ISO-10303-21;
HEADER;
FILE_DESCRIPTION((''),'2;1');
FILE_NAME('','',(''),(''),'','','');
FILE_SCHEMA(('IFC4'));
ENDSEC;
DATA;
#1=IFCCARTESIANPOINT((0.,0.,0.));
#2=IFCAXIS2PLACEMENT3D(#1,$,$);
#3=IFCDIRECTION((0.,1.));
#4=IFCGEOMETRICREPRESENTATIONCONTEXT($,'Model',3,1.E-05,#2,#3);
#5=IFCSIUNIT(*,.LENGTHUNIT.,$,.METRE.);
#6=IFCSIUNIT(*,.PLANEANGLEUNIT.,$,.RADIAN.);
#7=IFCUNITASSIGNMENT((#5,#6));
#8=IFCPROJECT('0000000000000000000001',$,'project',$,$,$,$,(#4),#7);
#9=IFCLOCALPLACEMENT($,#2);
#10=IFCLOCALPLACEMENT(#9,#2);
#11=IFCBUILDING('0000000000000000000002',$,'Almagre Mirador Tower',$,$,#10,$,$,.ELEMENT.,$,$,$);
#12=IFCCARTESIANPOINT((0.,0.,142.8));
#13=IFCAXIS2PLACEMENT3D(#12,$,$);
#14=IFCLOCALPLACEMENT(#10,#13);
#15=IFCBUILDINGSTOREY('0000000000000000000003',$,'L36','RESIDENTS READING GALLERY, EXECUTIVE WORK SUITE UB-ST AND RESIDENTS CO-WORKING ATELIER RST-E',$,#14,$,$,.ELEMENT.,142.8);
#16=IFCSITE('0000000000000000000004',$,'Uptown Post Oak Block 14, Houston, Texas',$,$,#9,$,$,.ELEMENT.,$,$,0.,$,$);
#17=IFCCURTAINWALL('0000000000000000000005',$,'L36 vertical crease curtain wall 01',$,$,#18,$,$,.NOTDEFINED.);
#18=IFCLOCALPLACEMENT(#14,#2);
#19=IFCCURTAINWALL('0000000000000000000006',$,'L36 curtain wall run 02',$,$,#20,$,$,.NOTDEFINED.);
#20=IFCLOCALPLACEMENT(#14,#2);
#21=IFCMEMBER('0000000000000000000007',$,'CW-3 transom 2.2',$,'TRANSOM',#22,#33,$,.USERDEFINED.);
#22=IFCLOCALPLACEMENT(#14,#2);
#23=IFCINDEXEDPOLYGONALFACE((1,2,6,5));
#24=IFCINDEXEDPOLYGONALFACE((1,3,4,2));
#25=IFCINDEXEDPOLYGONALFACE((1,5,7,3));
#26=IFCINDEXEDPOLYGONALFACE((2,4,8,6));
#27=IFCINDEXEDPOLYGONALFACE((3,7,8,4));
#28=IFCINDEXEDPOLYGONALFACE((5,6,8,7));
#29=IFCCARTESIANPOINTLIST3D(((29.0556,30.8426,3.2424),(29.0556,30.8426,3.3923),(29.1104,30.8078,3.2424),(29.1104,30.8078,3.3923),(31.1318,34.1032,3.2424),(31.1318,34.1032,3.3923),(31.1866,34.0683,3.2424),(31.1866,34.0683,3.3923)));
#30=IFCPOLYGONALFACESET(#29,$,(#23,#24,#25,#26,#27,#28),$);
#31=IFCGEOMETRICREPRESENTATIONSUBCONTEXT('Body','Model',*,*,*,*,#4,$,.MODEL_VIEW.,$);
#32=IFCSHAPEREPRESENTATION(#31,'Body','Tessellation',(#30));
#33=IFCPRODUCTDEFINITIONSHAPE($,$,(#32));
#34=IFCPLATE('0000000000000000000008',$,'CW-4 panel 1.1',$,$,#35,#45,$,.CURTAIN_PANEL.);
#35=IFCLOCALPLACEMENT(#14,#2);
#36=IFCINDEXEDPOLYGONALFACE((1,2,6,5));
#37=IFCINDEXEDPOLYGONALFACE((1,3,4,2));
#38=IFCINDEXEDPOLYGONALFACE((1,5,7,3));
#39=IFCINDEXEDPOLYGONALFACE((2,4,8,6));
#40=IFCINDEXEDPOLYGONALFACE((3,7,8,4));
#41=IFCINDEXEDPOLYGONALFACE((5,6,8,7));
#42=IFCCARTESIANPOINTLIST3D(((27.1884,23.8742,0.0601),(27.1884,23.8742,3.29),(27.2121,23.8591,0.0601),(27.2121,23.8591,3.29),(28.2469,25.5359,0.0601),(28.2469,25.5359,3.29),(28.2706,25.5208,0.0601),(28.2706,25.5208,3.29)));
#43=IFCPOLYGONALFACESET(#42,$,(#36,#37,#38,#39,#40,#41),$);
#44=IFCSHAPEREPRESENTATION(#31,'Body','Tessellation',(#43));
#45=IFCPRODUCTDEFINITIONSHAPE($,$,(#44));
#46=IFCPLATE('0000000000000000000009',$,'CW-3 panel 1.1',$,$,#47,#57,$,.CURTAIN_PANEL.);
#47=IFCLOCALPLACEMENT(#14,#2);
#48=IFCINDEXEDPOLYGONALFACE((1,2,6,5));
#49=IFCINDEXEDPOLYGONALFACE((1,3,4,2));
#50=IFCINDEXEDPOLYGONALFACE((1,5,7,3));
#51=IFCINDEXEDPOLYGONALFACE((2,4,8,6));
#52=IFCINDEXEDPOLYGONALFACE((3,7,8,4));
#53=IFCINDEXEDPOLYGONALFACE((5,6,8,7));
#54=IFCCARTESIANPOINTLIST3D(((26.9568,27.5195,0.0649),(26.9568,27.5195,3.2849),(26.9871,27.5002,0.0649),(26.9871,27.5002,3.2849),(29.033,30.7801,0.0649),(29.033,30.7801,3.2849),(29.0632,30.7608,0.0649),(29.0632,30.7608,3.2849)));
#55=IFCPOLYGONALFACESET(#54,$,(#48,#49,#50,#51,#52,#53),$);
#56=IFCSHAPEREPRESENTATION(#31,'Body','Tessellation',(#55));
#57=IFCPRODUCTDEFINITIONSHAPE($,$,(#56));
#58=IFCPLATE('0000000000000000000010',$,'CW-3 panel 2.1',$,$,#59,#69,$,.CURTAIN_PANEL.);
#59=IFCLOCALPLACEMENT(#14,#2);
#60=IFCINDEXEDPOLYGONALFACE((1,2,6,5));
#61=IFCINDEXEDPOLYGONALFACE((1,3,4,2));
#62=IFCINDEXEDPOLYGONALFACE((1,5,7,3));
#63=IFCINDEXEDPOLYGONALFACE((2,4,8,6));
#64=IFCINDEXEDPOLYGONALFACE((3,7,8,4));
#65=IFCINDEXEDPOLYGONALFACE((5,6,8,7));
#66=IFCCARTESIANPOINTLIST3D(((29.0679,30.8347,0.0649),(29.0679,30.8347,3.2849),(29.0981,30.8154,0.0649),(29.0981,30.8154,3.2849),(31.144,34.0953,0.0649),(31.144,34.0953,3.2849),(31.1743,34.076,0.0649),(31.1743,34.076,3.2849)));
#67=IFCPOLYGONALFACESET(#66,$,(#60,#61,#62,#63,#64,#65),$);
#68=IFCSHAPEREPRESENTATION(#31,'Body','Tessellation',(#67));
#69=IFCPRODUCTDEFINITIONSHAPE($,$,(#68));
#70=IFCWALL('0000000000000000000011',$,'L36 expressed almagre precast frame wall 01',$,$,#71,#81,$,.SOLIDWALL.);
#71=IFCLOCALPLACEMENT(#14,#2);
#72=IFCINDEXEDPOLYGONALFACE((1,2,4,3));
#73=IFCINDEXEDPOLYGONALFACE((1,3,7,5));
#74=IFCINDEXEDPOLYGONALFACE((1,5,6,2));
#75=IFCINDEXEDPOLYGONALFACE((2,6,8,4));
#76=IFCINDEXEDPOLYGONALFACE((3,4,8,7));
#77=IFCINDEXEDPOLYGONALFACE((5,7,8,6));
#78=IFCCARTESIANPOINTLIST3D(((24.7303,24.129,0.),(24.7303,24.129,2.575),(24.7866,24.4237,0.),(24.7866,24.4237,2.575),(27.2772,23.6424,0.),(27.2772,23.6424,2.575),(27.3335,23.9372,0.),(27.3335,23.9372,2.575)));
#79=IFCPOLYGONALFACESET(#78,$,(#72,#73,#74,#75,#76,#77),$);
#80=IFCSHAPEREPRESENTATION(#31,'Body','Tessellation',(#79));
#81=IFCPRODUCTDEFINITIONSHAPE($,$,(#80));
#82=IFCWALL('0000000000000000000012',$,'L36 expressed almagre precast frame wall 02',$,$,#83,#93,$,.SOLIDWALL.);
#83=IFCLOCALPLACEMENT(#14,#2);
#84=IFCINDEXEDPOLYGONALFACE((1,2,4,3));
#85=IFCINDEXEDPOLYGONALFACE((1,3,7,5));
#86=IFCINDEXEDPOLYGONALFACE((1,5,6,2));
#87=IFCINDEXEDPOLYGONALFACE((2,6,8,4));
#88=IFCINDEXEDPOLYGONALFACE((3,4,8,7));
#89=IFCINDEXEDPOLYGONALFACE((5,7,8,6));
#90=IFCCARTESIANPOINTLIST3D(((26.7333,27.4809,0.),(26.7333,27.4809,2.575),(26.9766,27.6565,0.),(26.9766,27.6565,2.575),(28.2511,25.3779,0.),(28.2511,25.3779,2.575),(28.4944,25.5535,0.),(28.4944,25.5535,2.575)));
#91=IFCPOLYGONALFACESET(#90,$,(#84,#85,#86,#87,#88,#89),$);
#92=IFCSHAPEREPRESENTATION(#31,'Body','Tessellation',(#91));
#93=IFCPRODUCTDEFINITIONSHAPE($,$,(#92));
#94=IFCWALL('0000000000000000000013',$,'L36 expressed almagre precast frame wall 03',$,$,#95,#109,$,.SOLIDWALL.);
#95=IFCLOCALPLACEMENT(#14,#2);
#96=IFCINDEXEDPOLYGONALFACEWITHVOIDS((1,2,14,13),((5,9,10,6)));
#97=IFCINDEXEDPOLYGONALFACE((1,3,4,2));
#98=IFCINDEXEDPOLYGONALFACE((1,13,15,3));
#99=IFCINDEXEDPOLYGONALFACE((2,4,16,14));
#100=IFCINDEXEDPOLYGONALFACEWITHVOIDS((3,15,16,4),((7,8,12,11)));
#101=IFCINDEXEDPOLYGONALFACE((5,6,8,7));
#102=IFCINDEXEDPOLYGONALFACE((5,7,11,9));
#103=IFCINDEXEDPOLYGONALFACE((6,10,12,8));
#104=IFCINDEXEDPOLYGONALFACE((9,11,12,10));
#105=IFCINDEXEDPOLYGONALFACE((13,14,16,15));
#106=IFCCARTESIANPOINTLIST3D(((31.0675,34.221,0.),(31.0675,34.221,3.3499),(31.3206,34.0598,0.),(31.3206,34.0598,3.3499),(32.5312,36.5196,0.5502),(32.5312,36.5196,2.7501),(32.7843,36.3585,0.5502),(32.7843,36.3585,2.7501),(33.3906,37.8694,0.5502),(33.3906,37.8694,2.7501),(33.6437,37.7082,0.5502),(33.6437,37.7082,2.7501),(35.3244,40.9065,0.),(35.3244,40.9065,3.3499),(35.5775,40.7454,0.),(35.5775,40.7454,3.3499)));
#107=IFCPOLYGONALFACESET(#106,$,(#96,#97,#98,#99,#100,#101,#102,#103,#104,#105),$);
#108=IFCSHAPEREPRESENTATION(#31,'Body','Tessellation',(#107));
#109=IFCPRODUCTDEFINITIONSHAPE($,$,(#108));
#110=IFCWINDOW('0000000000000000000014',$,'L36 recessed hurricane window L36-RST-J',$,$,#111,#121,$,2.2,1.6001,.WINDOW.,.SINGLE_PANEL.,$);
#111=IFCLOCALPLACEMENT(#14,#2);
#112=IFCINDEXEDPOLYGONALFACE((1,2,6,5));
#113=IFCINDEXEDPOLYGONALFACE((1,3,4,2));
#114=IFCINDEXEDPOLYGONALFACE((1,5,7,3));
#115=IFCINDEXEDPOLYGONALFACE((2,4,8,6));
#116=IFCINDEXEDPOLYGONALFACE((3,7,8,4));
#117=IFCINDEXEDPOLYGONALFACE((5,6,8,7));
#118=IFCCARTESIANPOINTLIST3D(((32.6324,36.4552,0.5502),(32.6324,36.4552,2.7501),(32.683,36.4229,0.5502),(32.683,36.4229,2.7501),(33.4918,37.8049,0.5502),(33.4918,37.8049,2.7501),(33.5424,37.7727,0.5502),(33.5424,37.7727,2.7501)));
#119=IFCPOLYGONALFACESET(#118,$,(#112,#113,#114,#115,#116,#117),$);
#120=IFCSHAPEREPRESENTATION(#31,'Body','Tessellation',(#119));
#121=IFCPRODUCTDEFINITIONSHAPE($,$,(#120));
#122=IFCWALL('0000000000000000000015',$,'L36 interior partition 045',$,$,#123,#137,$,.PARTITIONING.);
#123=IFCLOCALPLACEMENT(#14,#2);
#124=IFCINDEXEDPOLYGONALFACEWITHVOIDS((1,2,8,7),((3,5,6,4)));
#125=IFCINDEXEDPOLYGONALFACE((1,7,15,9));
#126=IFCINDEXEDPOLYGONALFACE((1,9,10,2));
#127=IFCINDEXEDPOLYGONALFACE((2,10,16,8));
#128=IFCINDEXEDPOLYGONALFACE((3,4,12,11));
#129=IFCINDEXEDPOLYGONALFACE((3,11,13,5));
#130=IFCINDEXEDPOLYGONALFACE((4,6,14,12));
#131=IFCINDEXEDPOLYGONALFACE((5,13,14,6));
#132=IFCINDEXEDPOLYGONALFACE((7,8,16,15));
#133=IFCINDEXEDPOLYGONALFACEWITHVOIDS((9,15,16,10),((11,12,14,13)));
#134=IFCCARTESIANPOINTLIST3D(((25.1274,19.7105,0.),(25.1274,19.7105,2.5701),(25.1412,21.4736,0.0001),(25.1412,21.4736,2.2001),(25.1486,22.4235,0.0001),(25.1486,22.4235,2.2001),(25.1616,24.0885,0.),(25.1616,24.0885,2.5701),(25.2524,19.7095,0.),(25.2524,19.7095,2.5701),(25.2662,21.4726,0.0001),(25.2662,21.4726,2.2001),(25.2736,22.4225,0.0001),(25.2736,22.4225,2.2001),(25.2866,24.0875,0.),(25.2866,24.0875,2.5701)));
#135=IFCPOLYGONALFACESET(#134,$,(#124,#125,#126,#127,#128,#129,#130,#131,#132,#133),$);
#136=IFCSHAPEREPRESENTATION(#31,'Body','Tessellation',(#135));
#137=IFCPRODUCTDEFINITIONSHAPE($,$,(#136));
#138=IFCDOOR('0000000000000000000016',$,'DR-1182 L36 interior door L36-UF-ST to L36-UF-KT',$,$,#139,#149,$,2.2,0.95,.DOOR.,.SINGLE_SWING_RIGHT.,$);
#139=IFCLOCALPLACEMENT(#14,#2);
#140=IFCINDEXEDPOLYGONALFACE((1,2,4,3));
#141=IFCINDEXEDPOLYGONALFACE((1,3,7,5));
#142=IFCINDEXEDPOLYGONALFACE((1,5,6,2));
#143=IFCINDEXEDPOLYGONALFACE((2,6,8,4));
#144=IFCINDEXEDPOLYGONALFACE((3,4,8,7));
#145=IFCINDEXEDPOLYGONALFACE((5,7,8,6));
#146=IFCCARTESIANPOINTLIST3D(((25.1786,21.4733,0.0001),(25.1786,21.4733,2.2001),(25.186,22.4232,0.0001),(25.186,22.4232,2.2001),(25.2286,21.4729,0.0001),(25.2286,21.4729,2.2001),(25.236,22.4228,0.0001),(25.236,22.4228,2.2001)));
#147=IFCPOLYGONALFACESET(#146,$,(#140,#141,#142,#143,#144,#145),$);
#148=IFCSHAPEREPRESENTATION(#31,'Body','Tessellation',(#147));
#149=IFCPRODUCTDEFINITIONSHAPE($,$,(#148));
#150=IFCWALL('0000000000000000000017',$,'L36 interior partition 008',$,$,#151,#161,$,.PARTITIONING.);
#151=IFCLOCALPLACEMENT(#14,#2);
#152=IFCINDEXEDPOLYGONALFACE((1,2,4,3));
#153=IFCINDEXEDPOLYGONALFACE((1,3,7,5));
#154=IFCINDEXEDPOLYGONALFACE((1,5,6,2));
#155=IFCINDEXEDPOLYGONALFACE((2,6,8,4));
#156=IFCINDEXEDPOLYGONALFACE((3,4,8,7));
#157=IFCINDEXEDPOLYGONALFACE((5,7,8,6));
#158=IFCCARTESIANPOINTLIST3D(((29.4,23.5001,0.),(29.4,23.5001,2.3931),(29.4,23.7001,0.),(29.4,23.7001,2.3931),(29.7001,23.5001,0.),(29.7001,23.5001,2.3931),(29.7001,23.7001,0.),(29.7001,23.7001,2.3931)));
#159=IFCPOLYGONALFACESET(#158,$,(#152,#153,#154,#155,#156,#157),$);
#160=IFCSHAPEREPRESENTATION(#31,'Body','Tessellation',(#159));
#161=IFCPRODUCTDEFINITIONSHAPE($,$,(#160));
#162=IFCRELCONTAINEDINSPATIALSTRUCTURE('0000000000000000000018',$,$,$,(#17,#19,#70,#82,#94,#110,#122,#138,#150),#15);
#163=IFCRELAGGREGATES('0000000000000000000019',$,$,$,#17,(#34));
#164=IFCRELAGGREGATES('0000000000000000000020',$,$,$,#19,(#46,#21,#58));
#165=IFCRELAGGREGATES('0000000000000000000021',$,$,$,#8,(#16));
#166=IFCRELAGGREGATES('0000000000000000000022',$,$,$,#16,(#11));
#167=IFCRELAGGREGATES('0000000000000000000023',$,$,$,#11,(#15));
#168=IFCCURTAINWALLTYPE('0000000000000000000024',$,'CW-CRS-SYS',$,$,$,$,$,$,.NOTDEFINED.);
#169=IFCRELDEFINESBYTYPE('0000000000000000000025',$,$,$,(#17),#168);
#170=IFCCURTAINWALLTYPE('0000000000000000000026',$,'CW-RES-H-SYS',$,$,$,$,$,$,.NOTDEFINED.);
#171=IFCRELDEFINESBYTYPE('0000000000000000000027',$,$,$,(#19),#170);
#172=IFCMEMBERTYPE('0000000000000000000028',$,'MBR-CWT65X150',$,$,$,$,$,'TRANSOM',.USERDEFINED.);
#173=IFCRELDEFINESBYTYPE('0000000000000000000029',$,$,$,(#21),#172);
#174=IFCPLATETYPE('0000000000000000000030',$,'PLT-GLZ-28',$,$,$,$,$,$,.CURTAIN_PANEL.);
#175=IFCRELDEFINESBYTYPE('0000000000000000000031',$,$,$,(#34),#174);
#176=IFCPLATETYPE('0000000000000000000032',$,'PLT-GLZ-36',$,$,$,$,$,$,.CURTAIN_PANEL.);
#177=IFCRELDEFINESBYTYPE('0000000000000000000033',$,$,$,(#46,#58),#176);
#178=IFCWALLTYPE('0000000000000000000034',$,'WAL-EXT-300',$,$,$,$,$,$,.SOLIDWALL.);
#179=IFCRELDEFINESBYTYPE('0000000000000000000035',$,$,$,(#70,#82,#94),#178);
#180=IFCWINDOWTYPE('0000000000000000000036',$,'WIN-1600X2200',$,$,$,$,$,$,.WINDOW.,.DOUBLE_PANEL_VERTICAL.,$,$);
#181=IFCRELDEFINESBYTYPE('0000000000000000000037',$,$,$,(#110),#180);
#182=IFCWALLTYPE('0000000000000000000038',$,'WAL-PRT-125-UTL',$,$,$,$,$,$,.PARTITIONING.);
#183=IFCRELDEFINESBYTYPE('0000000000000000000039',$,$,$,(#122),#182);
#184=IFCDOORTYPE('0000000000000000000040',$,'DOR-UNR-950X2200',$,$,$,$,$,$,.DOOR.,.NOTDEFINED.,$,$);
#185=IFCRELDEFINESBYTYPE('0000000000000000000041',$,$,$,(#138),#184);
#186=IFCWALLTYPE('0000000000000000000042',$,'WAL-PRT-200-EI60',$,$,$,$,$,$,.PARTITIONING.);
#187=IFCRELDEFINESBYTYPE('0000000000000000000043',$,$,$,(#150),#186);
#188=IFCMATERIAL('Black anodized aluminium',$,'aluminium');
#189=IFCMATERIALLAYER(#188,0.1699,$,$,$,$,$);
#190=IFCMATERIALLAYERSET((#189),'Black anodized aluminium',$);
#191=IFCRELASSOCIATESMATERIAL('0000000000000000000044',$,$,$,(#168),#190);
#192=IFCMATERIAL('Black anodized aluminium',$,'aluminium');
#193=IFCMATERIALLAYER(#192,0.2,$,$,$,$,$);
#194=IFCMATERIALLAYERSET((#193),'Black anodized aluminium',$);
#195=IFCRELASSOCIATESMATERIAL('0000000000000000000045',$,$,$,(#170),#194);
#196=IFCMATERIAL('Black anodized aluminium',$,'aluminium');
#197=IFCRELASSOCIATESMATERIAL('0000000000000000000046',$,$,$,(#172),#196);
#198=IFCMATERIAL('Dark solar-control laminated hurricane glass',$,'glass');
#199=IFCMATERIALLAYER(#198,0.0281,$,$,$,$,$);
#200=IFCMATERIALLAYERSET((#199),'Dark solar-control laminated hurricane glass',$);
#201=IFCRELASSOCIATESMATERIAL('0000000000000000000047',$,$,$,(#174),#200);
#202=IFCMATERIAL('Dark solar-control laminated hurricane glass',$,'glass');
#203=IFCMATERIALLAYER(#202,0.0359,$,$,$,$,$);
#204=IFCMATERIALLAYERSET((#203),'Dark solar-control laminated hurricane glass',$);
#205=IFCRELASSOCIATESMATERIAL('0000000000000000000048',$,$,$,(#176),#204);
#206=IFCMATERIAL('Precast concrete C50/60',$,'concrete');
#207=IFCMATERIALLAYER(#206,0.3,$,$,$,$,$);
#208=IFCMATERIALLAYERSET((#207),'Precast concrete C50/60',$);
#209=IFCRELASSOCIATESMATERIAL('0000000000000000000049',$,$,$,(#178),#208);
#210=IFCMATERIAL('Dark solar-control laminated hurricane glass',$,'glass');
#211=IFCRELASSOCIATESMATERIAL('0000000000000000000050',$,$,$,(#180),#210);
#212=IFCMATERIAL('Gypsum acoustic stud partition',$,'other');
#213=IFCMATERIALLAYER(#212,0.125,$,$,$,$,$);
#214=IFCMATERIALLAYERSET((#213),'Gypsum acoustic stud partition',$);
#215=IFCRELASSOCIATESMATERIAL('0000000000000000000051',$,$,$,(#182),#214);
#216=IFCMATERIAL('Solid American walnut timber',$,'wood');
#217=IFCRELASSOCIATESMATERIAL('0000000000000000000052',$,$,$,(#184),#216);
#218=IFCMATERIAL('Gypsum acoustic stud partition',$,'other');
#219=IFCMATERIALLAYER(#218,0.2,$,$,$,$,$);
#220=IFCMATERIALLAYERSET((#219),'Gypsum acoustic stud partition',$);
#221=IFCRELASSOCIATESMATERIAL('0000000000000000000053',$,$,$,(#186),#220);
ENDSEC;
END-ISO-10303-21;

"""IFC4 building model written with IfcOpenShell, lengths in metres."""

from ifc_helpers import new_model, si_unit, direction, frame, frame_2d, origin, origin_2d, place, context, subcontext, project, spatial, rectangle, extrude, material, layer, layer_set, material_profile, profile_set, type_object, element, fill, aggregate, save


model = new_model("IFC4")

# Units and contexts
model_context = context("Model", 3, precision=1e-05, world=origin(), true_north=direction((0.0, 1.0)))
body_context = subcontext(model_context, "Body", "Model", "MODEL_VIEW")
ifc_project = project(units=[si_unit("LENGTHUNIT", "METRE"), si_unit("PLANEANGLEUNIT", "RADIAN")], contexts=[model_context])

# Site, building, storey
site_placement = place(None, origin())
site = spatial("IfcSite", under=ifc_project, at=site_placement, Name="Uptown Post Oak Block 14, Houston, Texas", CompositionType="ELEMENT", RefElevation=0.0)
building_placement = place(site_placement, origin())
building = spatial("IfcBuilding", under=site, at=building_placement, Name="Almagre Mirador Tower", CompositionType="ELEMENT")
storey_placement = place(building_placement, frame((0.0, 0.0, 142.8)))
storey = spatial("IfcBuildingStorey", under=building, at=storey_placement, Name="L36", Description="RESIDENTS READING GALLERY, EXECUTIVE WORK SUITE UB-ST AND RESIDENTS CO-WORKING ATELIER RST-E", CompositionType="ELEMENT", Elevation=142.8)

# Curtain walls
ifc_material_1 = material(Name="Black anodized aluminium", Category="aluminium")
ifc_layer_1 = layer(ifc_material_1, 0.1699)
ifc_layer_set_1 = layer_set([ifc_layer_1], Name="Black anodized aluminium")
curtain_wall_type_1 = type_object("IfcCurtainWallType", Name="CW-CRS-SYS", PredefinedType="NOTDEFINED", material=ifc_layer_set_1)
curtain_wall_1_placement = place(storey_placement, origin())
curtain_wall_1 = element("IfcCurtainWall", 1, at=curtain_wall_1_placement, inside=storey, type_object=curtain_wall_type_1, Name="L36 vertical crease curtain wall 01", PredefinedType="NOTDEFINED")
ifc_material_2 = material(Name="Black anodized aluminium", Category="aluminium")
ifc_layer_2 = layer(ifc_material_2, 0.2)
ifc_layer_set_2 = layer_set([ifc_layer_2], Name="Black anodized aluminium")
curtain_wall_type_2 = type_object("IfcCurtainWallType", Name="CW-RES-H-SYS", PredefinedType="NOTDEFINED", material=ifc_layer_set_2)
curtain_wall_2_placement = place(storey_placement, origin())
curtain_wall_2 = element("IfcCurtainWall", 2, at=curtain_wall_2_placement, inside=storey, type_object=curtain_wall_type_2, Name="L36 curtain wall run 02", PredefinedType="NOTDEFINED")

# Member
ifc_material_3 = material(Name="Black anodized aluminium", Category="aluminium")
ifc_material_profile_1 = material_profile(ifc_material_3, rectangle(XDim=0.0649, YDim=0.1499, at=origin_2d()), Name="CWT65X150")
ifc_profile_set_1 = profile_set([ifc_material_profile_1], Name="Black anodized aluminium")
member_type_1 = type_object("IfcMemberType", Name="MBR-CWT65X150", ElementType="TRANSOM", PredefinedType="USERDEFINED", material=ifc_profile_set_1)
member_1_placement = place(storey_placement, frame((29.083, 30.8252, 3.3174), z_axis=(0.537117, 0.843508, 0.0), x_axis=(-0.843508, 0.537117, 0.0)))
member_1 = element("IfcMember", 3, at=member_1_placement, type_object=member_type_1, Name="CW-3 transom 2.2", ObjectType="TRANSOM", PredefinedType="USERDEFINED", context=body_context, shape_type="SweptSolid", body=[
    extrude(rectangle(XDim=0.0649, YDim=0.1499, at=origin_2d()), origin(), (0.0, 0.0, 1.0), 3.8655),
])

# Plates
ifc_material_4 = material(Name="Dark solar-control laminated hurricane glass", Category="glass")
ifc_layer_3 = layer(ifc_material_4, 0.0281)
ifc_layer_set_3 = layer_set([ifc_layer_3], Name="Dark solar-control laminated hurricane glass")
plate_type_1 = type_object("IfcPlateType", Name="PLT-GLZ-28", PredefinedType="CURTAIN_PANEL", material=ifc_layer_set_3)
plate_1_placement = place(storey_placement, frame((27.7295, 24.6975, 0.0601), z_axis=(0.0, 0.0, 1.0), x_axis=(0.537247, 0.843425, 0.0)))
plate_1 = element("IfcPlate", 4, at=plate_1_placement, type_object=plate_type_1, Name="CW-4 panel 1.1", PredefinedType="CURTAIN_PANEL", context=body_context, shape_type="SweptSolid", body=[
    extrude(rectangle(XDim=1.9702, YDim=0.0281, at=origin_2d()), origin(), (0.0, 0.0, 1.0), 3.23),
])
aggregate(curtain_wall_1, [plate_1])
ifc_material_5 = material(Name="Dark solar-control laminated hurricane glass", Category="glass")
ifc_layer_4 = layer(ifc_material_5, 0.0359)
ifc_layer_set_4 = layer_set([ifc_layer_4], Name="Dark solar-control laminated hurricane glass")
plate_type_2 = type_object("IfcPlateType", Name="PLT-GLZ-36", PredefinedType="CURTAIN_PANEL", material=ifc_layer_set_4)
plate_2_placement = place(storey_placement, frame((28.01, 29.1401, 0.0649), z_axis=(0.0, 0.0, 1.0), x_axis=(0.537108, 0.843513, 0.0)))
plate_2 = element("IfcPlate", 5, at=plate_2_placement, type_object=plate_type_2, Name="CW-3 panel 1.1", PredefinedType="CURTAIN_PANEL", context=body_context, shape_type="SweptSolid", body=[
    extrude(rectangle(XDim=3.8655, YDim=0.0359, at=origin_2d()), origin(), (0.0, 0.0, 1.0), 3.22),
])
plate_3_placement = place(storey_placement, frame((30.1211, 32.4553, 0.0649), z_axis=(0.0, 0.0, 1.0), x_axis=(0.537108, 0.843513, 0.0)))
plate_3 = element("IfcPlate", 6, at=plate_3_placement, type_object=plate_type_2, Name="CW-3 panel 2.1", PredefinedType="CURTAIN_PANEL", context=body_context, shape_type="SweptSolid", body=[
    extrude(rectangle(XDim=3.8655, YDim=0.0359, at=origin_2d()), origin(), (0.0, 0.0, 1.0), 3.22),
])
aggregate(curtain_wall_2, [plate_2, member_1, plate_3])

# Walls
ifc_material_6 = material(Name="Precast concrete C50/60", Category="concrete")
ifc_layer_5 = layer(ifc_material_6, 0.3)
ifc_layer_set_5 = layer_set([ifc_layer_5], Name="Precast concrete C50/60")
wall_type_1 = type_object("IfcWallType", Name="WAL-EXT-300", PredefinedType="SOLIDWALL", material=ifc_layer_set_5)
wall_1_placement = place(storey_placement, frame((24.7585, 24.2764, 0.0), z_axis=(0.0, 0.0, 1.0), x_axis=(0.982235, -0.187653, 0.0)))
element("IfcWall", 7, at=wall_1_placement, inside=storey, type_object=wall_type_1, Name="L36 expressed almagre precast frame wall 01", PredefinedType="SOLIDWALL", context=body_context, shape_type="SweptSolid", body=[
    extrude(rectangle(XDim=2.593, YDim=0.3, at=frame_2d((1.2964, 0.0))), origin(), (0.0, 0.0, 1.0), 2.575),
])
wall_2_placement = place(storey_placement, frame((28.3728, 25.4656, 0.0), z_axis=(0.0, 0.0, 1.0), x_axis=(-0.585229, 0.810868, 0.0)))
element("IfcWall", 8, at=wall_2_placement, inside=storey, type_object=wall_type_1, Name="L36 expressed almagre precast frame wall 02", PredefinedType="SOLIDWALL", context=body_context, shape_type="SweptSolid", body=[
    extrude(rectangle(XDim=2.5935, YDim=0.3, at=frame_2d((1.2969, 0.0))), origin(), (0.0, 0.0, 1.0), 2.575),
])

# Wall, opening, window
wall_3_placement = place(storey_placement, frame((31.1941, 34.1404, 0.0), z_axis=(0.0, 0.0, 1.0), x_axis=(0.537091, 0.843524, 0.0)))
wall_3 = element("IfcWall", 9, at=wall_3_placement, inside=storey, type_object=wall_type_1, Name="L36 expressed almagre precast frame wall 03", PredefinedType="SOLIDWALL", context=body_context, shape_type="SweptSolid", body=[
    extrude(rectangle(XDim=7.9258, YDim=0.3, at=frame_2d((3.9629, 0.0))), origin(), (0.0, 0.0, 1.0), 3.3499),
])
opening_1_placement = place(wall_3_placement, frame((2.7251, 0.0, 0.55)))
opening_1 = element("IfcOpeningElement", 10, at=opening_1_placement, cuts=wall_3, PredefinedType="OPENING", context=body_context, shape_type="SweptSolid", body=[
    extrude(rectangle(XDim=1.6001, YDim=2.2, at=frame_2d((0.8, 1.1001))), frame((0.0, 0.1599, 0.0), z_axis=(0.0, -1.0, 0.0), x_axis=(1.0, 0.0, 0.0)), (0.0, 0.0, 1.0), 0.32),
])
ifc_material_7 = material(Name="Dark solar-control laminated hurricane glass", Category="glass")
window_type = type_object("IfcWindowType", Name="WIN-1600X2200", PartitioningType="DOUBLE_PANEL_VERTICAL", PredefinedType="WINDOW", material=ifc_material_7)
window_placement = place(opening_1_placement, origin())
window = element("IfcWindow", 11, at=window_placement, inside=storey, type_object=window_type, Name="L36 recessed hurricane window L36-RST-J", OverallHeight=2.2, OverallWidth=1.6001, PartitioningType="SINGLE_PANEL", PredefinedType="WINDOW", context=body_context, shape_type="SweptSolid", body=[
    extrude(rectangle(XDim=1.6001, YDim=2.2, at=frame_2d((0.8, 1.1001))), frame((0.0, 0.03, 0.0), z_axis=(0.0, -1.0, 0.0), x_axis=(1.0, 0.0, 0.0)), (0.0, 0.0, 1.0), 0.0601),
])
fill(opening_1, window)

# Wall, opening, door
ifc_material_8 = material(Name="Gypsum acoustic stud partition", Category="other")
ifc_layer_6 = layer(ifc_material_8, 0.125)
ifc_layer_set_6 = layer_set([ifc_layer_6], Name="Gypsum acoustic stud partition")
wall_type_2 = type_object("IfcWallType", Name="WAL-PRT-125-UTL", PredefinedType="PARTITIONING", material=ifc_layer_set_6)
wall_4_placement = place(storey_placement, frame((25.2241, 24.0879, 0.0), z_axis=(0.0, 0.0, 1.0), x_axis=(-0.007807, -0.99997, 0.0)))
wall_4 = element("IfcWall", 12, at=wall_4_placement, inside=storey, type_object=wall_type_2, Name="L36 interior partition 045", PredefinedType="PARTITIONING", context=body_context, shape_type="SweptSolid", body=[
    extrude(rectangle(XDim=4.3782, YDim=0.125, at=frame_2d((2.189, 0.0))), origin(), (0.0, 0.0, 1.0), 2.5701),
])
opening_2_placement = place(wall_4_placement, frame((1.6648, 0.0, 0.0)))
opening_2 = element("IfcOpeningElement", 13, at=opening_2_placement, cuts=wall_4, PredefinedType="OPENING", context=body_context, shape_type="SweptSolid", body=[
    extrude(rectangle(XDim=0.95, YDim=2.2, at=frame_2d((0.4751, 1.1001))), frame((0.0, 0.0725, 0.0), z_axis=(0.0, -1.0, 0.0), x_axis=(1.0, 0.0, 0.0)), (0.0, 0.0, 1.0), 0.145),
])
ifc_material_9 = material(Name="Solid American walnut timber", Category="wood")
door_type_1 = type_object("IfcDoorType", Name="DOR-UNR-950X2200", OperationType="NOTDEFINED", PredefinedType="DOOR", material=ifc_material_9)
door_1_placement = place(opening_2_placement, origin())
door_1 = element("IfcDoor", 14, at=door_1_placement, inside=storey, type_object=door_type_1, Name="DR-1182 L36 interior door L36-UF-ST to L36-UF-KT", OperationType="SINGLE_SWING_RIGHT", OverallHeight=2.2, OverallWidth=0.95, PredefinedType="DOOR", context=body_context, shape_type="SweptSolid", body=[
    extrude(rectangle(XDim=0.95, YDim=2.2, at=frame_2d((0.4751, 1.1001))), frame((0.0, 0.0249, 0.0), z_axis=(0.0, -1.0, 0.0), x_axis=(1.0, 0.0, 0.0)), (0.0, 0.0, 1.0), 0.05),
])
fill(opening_2, door_1)

# Wall
ifc_material_10 = material(Name="Gypsum acoustic stud partition", Category="other")
ifc_layer_7 = layer(ifc_material_10, 0.2)
ifc_layer_set_7 = layer_set([ifc_layer_7], Name="Gypsum acoustic stud partition")
wall_type_3 = type_object("IfcWallType", Name="WAL-PRT-200-EI60", PredefinedType="PARTITIONING", material=ifc_layer_set_7)
wall_5_placement = place(storey_placement, frame((29.7, 23.6001, 0.0), z_axis=(0.0, 0.0, 1.0), x_axis=(-1.0, 0.0, 0.0)))
element("IfcWall", 15, at=wall_5_placement, inside=storey, type_object=wall_type_3, Name="L36 interior partition 008", PredefinedType="PARTITIONING", context=body_context, shape_type="SweptSolid", body=[
    extrude(rectangle(XDim=0.3, YDim=0.2, at=frame_2d((0.1499, 0.0))), origin(), (0.0, 0.0, 1.0), 2.3931),
])

save(model, "model.ifc")
